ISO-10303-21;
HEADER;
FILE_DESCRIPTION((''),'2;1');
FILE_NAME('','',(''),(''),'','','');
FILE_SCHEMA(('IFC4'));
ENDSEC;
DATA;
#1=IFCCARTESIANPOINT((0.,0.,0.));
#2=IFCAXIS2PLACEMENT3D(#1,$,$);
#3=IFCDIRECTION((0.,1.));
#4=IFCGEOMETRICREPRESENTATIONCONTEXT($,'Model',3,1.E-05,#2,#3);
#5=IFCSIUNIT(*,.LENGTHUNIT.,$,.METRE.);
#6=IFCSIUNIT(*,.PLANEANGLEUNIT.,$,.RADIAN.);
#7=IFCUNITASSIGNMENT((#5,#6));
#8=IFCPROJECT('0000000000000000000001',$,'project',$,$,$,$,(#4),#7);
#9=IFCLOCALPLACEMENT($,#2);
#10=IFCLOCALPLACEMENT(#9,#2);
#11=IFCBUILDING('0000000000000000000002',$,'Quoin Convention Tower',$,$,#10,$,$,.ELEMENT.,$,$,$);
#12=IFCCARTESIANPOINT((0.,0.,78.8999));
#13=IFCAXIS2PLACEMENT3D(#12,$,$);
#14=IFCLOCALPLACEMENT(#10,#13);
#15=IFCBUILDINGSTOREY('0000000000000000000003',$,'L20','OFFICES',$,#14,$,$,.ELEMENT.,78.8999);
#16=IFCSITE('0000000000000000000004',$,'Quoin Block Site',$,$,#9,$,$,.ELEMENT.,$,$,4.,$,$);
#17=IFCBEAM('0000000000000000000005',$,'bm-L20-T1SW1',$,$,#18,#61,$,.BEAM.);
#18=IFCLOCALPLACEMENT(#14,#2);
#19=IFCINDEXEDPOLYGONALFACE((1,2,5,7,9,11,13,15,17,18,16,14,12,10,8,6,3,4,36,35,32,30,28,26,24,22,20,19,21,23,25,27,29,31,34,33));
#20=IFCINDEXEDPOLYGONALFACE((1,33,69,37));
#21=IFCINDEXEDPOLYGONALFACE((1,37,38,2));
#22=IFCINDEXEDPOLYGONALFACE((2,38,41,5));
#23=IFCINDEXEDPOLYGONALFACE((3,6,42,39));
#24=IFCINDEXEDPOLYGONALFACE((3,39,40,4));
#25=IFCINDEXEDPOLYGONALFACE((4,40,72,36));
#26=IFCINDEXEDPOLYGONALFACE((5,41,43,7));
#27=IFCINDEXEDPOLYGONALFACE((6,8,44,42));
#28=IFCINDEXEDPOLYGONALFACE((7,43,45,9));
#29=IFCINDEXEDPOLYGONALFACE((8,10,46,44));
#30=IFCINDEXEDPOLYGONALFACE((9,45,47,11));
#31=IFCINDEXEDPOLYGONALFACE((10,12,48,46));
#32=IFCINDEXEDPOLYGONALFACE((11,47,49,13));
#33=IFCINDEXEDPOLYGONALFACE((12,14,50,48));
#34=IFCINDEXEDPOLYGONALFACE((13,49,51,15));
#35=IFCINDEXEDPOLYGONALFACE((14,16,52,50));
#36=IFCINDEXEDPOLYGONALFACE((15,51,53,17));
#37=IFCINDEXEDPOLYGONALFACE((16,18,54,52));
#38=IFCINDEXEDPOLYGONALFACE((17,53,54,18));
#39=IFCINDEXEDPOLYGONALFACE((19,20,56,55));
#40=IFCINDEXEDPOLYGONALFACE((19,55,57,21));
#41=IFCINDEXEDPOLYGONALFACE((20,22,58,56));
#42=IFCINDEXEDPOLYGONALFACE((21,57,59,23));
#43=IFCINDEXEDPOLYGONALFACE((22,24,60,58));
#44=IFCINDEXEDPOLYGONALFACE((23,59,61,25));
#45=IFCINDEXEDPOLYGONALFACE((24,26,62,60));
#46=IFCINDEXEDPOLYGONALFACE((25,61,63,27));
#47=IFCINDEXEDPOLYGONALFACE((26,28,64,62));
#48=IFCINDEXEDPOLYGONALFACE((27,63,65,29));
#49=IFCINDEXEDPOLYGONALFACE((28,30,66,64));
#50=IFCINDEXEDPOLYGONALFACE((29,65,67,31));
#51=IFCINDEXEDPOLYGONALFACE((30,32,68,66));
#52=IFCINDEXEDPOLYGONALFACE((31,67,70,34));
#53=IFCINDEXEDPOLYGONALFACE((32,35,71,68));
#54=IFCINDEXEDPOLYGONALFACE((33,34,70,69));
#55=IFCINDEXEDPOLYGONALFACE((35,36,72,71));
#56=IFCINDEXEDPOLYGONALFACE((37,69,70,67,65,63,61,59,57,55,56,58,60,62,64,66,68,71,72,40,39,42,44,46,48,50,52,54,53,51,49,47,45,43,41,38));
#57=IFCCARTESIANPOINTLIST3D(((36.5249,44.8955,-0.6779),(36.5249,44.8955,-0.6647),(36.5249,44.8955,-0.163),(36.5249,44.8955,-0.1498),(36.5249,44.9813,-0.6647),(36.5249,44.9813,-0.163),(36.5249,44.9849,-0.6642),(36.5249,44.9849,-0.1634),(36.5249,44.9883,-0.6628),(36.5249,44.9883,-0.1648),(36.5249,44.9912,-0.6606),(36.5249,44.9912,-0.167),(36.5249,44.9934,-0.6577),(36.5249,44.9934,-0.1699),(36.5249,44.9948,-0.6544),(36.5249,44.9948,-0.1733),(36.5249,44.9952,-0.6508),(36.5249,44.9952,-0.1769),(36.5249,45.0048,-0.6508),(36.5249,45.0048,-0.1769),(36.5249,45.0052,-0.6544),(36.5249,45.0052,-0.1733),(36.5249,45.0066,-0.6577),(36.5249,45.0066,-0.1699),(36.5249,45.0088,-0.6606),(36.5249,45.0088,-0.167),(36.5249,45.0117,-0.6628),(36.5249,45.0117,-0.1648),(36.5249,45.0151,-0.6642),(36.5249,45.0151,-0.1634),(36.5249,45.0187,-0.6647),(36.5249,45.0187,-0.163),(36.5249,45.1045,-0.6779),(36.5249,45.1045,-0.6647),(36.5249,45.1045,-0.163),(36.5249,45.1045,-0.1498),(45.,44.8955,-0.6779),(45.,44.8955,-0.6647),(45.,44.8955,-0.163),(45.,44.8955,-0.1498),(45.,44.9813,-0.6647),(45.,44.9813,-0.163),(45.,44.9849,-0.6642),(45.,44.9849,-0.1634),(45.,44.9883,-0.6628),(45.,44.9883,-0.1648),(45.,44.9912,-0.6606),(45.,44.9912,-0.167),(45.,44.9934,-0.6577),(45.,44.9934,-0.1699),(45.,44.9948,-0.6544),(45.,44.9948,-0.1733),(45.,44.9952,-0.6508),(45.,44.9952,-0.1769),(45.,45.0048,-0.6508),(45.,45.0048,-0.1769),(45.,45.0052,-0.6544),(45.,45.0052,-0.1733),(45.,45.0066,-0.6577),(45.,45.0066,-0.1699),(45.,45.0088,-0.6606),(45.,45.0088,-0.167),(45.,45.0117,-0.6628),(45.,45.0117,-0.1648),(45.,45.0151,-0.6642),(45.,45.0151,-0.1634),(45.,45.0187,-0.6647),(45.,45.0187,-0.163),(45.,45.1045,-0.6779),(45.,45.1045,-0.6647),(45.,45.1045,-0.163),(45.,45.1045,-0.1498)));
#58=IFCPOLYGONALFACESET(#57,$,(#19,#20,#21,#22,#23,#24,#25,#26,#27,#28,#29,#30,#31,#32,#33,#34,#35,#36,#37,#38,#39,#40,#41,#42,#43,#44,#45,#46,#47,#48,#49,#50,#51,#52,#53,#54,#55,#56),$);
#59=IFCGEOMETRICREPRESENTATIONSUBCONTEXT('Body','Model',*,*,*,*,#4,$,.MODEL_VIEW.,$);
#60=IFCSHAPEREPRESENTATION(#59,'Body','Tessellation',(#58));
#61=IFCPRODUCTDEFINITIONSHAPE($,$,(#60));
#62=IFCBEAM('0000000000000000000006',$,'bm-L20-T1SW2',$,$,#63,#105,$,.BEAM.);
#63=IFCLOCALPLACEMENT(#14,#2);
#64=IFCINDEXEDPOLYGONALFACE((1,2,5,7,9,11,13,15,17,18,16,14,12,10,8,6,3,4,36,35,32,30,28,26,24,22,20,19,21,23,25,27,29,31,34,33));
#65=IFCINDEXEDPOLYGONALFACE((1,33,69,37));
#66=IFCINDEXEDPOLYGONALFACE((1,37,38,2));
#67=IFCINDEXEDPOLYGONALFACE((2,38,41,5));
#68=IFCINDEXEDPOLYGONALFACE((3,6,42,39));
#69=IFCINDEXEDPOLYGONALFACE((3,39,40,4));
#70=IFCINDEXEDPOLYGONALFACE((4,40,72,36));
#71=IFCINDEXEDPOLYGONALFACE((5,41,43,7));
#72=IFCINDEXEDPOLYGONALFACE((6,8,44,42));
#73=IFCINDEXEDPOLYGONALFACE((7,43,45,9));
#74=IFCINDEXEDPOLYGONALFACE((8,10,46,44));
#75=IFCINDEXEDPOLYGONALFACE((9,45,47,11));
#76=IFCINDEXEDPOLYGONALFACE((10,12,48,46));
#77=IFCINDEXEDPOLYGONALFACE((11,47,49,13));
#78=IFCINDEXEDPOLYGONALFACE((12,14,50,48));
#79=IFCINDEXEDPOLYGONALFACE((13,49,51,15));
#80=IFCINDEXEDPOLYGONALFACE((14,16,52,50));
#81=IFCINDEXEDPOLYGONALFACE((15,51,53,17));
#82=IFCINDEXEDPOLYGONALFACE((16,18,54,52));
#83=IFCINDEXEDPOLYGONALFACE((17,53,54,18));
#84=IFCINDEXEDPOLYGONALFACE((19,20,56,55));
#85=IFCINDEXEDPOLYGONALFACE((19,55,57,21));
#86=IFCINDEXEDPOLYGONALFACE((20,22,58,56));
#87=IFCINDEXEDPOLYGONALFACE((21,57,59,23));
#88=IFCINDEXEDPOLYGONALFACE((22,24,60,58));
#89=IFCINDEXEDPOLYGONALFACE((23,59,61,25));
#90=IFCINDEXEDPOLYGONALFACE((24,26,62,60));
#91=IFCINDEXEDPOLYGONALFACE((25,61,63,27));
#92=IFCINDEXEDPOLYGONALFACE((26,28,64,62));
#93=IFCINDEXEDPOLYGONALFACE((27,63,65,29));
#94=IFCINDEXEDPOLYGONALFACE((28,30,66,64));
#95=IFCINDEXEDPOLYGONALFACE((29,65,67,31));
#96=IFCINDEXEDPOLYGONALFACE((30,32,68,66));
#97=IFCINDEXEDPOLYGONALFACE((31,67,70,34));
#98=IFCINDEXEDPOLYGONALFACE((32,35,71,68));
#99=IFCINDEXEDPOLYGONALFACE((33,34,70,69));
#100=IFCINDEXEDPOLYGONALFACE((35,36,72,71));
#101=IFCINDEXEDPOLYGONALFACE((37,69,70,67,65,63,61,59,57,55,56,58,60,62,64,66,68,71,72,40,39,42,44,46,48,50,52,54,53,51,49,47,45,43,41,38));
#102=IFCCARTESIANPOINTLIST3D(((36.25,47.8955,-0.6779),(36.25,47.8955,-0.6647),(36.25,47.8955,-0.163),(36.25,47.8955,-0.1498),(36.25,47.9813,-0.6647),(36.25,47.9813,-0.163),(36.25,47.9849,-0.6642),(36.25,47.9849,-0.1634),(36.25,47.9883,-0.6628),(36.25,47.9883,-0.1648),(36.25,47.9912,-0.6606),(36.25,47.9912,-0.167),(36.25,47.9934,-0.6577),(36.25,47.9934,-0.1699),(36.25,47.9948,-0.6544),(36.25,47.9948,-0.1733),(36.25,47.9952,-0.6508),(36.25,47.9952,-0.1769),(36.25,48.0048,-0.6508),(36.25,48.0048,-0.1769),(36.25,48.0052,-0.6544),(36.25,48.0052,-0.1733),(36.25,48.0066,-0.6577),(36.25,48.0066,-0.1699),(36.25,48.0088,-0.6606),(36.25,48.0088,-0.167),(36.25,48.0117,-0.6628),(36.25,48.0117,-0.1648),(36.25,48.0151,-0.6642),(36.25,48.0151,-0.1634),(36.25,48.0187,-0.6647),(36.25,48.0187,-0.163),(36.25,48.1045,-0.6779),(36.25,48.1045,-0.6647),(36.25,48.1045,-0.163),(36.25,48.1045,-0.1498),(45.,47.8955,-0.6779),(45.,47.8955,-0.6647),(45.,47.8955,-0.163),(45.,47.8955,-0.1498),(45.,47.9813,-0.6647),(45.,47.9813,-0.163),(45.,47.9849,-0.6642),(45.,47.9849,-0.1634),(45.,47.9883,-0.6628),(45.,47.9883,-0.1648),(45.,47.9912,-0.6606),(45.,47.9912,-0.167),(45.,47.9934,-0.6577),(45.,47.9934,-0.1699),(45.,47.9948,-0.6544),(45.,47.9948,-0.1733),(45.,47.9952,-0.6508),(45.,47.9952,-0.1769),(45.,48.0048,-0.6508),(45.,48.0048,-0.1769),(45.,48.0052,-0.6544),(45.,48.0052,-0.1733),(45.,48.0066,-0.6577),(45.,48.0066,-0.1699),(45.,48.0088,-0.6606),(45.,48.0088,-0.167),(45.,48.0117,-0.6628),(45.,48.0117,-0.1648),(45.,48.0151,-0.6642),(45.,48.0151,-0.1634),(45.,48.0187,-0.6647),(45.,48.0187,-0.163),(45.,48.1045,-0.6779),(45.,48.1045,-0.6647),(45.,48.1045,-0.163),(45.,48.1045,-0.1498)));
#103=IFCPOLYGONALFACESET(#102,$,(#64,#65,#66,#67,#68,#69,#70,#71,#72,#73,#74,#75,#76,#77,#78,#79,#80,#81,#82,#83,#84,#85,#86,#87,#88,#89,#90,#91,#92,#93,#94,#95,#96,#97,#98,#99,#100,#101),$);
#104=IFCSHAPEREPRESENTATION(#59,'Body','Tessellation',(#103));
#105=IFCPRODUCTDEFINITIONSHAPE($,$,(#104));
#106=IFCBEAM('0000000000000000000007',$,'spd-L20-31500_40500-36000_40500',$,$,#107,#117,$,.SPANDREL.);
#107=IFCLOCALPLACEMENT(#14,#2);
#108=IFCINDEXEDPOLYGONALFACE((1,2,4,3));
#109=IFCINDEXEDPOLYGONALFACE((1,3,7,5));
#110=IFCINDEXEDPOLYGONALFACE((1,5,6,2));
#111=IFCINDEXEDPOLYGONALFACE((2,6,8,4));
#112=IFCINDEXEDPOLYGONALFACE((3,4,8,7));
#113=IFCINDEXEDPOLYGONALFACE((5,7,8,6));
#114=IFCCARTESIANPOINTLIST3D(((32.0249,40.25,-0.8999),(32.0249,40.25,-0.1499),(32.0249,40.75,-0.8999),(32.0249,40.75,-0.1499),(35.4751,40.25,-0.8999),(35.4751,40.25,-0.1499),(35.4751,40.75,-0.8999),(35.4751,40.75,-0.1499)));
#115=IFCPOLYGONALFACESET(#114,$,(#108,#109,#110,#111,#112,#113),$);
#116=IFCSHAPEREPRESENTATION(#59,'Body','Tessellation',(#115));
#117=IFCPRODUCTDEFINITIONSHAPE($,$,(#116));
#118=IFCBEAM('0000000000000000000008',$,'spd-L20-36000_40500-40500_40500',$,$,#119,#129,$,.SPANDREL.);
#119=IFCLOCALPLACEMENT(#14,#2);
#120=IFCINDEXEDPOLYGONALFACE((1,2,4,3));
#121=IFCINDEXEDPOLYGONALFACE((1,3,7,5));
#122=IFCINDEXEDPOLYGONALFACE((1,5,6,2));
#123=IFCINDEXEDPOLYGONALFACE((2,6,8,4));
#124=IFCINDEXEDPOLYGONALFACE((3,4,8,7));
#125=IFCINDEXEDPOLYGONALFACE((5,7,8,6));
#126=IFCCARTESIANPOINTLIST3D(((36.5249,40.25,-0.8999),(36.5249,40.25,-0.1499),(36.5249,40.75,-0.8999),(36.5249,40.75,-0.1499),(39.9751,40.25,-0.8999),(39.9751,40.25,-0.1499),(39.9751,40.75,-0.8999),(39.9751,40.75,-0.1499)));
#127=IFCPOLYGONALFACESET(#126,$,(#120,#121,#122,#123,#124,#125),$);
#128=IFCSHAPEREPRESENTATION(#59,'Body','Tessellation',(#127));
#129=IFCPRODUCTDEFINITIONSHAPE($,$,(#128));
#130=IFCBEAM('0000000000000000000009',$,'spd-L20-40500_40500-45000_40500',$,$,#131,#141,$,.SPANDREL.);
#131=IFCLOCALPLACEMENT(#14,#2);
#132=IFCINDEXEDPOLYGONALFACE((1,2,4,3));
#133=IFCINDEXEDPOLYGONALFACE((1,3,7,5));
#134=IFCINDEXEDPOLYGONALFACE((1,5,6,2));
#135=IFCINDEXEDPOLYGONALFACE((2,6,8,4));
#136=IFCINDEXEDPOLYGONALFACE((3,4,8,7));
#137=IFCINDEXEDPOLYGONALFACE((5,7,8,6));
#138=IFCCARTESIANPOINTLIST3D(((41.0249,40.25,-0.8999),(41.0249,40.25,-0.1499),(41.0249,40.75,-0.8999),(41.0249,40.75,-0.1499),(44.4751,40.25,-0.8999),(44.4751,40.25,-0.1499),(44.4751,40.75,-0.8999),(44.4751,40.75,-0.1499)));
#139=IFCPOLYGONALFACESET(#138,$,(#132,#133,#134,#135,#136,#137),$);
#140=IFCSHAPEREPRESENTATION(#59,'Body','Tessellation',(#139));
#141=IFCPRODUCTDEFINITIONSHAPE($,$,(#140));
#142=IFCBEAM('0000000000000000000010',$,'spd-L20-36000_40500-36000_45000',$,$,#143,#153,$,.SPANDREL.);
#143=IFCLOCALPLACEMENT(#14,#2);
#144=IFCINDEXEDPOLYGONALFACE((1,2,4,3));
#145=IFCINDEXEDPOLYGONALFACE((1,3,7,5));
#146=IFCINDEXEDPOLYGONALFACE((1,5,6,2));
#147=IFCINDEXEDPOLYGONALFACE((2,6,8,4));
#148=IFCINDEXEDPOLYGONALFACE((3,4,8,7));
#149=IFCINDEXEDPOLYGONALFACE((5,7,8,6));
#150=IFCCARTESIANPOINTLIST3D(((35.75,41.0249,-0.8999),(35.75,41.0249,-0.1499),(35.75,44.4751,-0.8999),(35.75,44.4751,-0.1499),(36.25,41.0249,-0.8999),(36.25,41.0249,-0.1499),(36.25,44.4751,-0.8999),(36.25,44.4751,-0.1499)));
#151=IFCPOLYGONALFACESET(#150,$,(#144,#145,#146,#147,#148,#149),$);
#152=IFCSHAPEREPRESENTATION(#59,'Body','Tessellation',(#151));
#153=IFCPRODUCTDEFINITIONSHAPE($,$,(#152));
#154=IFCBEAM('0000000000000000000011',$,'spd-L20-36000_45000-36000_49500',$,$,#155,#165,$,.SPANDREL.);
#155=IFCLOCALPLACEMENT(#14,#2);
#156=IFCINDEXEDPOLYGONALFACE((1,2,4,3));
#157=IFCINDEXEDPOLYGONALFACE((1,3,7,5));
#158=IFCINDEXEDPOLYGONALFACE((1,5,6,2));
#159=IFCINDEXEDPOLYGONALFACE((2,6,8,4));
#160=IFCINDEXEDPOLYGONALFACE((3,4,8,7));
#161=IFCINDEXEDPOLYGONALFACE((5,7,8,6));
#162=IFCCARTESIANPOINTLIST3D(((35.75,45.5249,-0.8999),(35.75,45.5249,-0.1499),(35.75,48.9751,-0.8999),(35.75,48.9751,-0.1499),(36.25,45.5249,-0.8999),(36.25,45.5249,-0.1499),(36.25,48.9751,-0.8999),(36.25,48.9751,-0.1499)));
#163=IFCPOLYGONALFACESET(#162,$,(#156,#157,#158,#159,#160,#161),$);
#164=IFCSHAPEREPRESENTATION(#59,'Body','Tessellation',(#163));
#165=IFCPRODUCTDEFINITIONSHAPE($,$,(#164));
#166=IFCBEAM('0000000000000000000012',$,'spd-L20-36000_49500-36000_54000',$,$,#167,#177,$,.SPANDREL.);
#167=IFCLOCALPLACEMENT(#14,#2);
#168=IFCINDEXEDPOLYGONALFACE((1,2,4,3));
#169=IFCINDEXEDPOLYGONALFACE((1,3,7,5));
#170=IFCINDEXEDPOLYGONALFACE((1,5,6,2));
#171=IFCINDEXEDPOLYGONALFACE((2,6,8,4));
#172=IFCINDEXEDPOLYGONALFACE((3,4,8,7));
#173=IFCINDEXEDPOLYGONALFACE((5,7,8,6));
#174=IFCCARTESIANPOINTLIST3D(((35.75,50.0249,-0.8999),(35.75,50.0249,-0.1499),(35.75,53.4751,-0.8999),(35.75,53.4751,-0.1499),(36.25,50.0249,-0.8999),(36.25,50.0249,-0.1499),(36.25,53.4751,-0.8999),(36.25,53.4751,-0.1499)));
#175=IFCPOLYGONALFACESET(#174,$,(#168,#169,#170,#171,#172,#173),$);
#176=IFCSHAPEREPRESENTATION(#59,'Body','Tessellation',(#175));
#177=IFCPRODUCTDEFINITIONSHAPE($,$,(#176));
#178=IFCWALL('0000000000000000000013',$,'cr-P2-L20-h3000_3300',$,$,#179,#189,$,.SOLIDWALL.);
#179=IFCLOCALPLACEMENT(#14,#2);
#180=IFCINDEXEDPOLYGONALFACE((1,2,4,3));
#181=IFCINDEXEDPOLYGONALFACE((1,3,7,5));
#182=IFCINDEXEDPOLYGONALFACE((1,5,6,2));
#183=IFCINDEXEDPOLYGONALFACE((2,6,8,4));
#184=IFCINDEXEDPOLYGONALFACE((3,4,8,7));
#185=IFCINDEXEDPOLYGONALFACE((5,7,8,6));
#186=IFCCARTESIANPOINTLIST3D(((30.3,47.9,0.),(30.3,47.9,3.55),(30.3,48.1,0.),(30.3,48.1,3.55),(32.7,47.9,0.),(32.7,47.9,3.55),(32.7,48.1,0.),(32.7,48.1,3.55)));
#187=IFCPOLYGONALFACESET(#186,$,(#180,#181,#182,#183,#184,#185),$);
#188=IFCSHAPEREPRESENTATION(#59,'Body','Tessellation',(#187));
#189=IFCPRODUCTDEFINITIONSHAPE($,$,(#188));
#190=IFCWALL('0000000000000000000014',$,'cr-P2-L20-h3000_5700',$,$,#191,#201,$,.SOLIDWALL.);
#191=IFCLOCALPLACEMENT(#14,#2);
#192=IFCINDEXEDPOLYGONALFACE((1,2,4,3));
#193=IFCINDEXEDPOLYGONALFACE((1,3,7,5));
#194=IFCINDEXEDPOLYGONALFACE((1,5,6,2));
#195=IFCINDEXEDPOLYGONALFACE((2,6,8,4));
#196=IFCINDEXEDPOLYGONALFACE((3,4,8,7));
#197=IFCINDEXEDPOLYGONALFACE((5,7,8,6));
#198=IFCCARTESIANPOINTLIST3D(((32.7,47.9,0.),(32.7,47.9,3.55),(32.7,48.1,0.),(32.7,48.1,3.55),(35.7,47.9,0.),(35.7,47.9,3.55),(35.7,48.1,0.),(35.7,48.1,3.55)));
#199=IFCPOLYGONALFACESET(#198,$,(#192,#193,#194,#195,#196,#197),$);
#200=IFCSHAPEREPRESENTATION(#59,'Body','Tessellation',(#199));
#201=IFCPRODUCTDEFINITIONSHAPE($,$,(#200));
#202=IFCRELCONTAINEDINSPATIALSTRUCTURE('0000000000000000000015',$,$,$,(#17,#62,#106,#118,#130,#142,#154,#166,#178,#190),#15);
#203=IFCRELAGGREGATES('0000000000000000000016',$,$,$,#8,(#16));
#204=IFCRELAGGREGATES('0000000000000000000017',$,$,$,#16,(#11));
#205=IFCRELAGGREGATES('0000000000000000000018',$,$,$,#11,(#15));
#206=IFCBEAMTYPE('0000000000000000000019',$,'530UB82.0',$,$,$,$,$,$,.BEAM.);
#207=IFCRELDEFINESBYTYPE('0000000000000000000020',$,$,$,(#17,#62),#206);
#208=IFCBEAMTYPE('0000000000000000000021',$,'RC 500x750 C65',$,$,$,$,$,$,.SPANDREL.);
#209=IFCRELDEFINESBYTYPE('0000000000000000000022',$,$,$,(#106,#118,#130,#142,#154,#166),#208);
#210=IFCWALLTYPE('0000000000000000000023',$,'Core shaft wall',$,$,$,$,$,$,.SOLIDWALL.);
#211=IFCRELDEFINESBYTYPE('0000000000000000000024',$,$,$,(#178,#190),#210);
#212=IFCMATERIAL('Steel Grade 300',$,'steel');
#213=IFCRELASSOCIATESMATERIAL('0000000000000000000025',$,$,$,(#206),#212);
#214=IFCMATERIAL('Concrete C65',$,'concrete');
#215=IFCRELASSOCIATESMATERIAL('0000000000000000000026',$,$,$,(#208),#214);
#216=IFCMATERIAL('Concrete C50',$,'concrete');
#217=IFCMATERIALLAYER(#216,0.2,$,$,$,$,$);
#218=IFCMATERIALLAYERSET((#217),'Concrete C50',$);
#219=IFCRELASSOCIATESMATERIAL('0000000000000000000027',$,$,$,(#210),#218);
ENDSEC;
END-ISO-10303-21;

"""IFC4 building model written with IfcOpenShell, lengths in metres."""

from ifc_helpers import new_model, si_unit, direction, frame, frame_2d, origin, origin_2d, place, context, subcontext, project, spatial, rectangle, i_section, extrude, material, layer, layer_set, material_profile, profile_set, type_object, element, save


model = new_model("IFC4")

# Units and contexts
model_context = context("Model", 3, precision=1e-05, world=origin(), true_north=direction((0.0, 1.0)))
body_context = subcontext(model_context, "Body", "Model", "MODEL_VIEW")
ifc_project = project(units=[si_unit("LENGTHUNIT", "METRE"), si_unit("PLANEANGLEUNIT", "RADIAN")], contexts=[model_context])

# Site, building, storey
site_placement = place(None, origin())
site = spatial("IfcSite", under=ifc_project, at=site_placement, Name="Quoin Block Site", CompositionType="ELEMENT", RefElevation=4.0)
building_placement = place(site_placement, origin())
building = spatial("IfcBuilding", under=site, at=building_placement, Name="Quoin Convention Tower", CompositionType="ELEMENT")
storey_placement = place(building_placement, frame((0.0, 0.0, 78.8999)))
storey = spatial("IfcBuildingStorey", under=building, at=storey_placement, Name="L20", Description="OFFICES", CompositionType="ELEMENT", Elevation=78.8999)

# Shared definitions
ifc_material_1 = material(Name="Concrete C65", Category="concrete")

# Beams
ifc_material_2 = material(Name="Steel Grade 300", Category="steel")
ifc_material_profile_1 = material_profile(ifc_material_2, i_section(OverallWidth=0.209, OverallDepth=0.5281, WebThickness=0.0095, FlangeThickness=0.0132, FilletRadius=0.0139, at=origin_2d()), Name="530UB82.0")
ifc_profile_set_1 = profile_set([ifc_material_profile_1], Name="Steel Grade 300")
beam_type_1 = type_object("IfcBeamType", Name="530UB82.0", PredefinedType="BEAM", material=ifc_profile_set_1)
beam_1_placement = place(storey_placement, frame((36.5249, 45.0, -0.4138), z_axis=(1.0, 0.0, 0.0), x_axis=(0.0, 1.0, 0.0)))
element("IfcBeam", 1, at=beam_1_placement, inside=storey, type_object=beam_type_1, Name="bm-L20-T1SW1", PredefinedType="BEAM", context=body_context, shape_type="SweptSolid", body=[
    extrude(i_section(OverallWidth=0.209, OverallDepth=0.5281, WebThickness=0.0095, FlangeThickness=0.0132, FilletRadius=0.0139, at=origin_2d()), origin(), (0.0, 0.0, 1.0), 8.4751),
])
beam_2_placement = place(storey_placement, frame((36.25, 48.0, -0.4138), z_axis=(1.0, 0.0, 0.0), x_axis=(0.0, 1.0, 0.0)))
element("IfcBeam", 2, at=beam_2_placement, inside=storey, type_object=beam_type_1, Name="bm-L20-T1SW2", PredefinedType="BEAM", context=body_context, shape_type="SweptSolid", body=[
    extrude(i_section(OverallWidth=0.209, OverallDepth=0.5281, WebThickness=0.0095, FlangeThickness=0.0132, FilletRadius=0.0139, at=origin_2d()), origin(), (0.0, 0.0, 1.0), 8.75),
])
ifc_material_profile_2 = material_profile(ifc_material_1, rectangle(XDim=0.5, YDim=0.75, at=origin_2d()), Name="RC 500x750")
ifc_profile_set_2 = profile_set([ifc_material_profile_2], Name="Concrete C65")
beam_type_2 = type_object("IfcBeamType", Name="RC 500x750 C65", PredefinedType="SPANDREL", material=ifc_profile_set_2)
for number, where, z_axis, x_axis, name in (
    (3, (32.0249, 40.5, -0.5249), (1.0, 0.0, 0.0), (0.0, 1.0, 0.0), "spd-L20-31500_40500-36000_40500"),
    (4, (36.5249, 40.5, -0.5249), (1.0, 0.0, 0.0), (0.0, 1.0, 0.0), "spd-L20-36000_40500-40500_40500"),
    (5, (41.0249, 40.5, -0.5249), (1.0, 0.0, 0.0), (0.0, 1.0, 0.0), "spd-L20-40500_40500-45000_40500"),
    (6, (36.0, 41.0249, -0.5249), (0.0, 1.0, 0.0), (-1.0, 0.0, 0.0), "spd-L20-36000_40500-36000_45000"),
    (7, (36.0, 45.5249, -0.5249), (0.0, 1.0, 0.0), (-1.0, 0.0, 0.0), "spd-L20-36000_45000-36000_49500"),
    (8, (36.0, 50.0249, -0.5249), (0.0, 1.0, 0.0), (-1.0, 0.0, 0.0), "spd-L20-36000_49500-36000_54000"),
):
    element("IfcBeam", number, at=place(storey_placement, frame(where, z_axis=z_axis, x_axis=x_axis)), inside=storey, type_object=beam_type_2, Name=name, PredefinedType="SPANDREL", context=body_context, shape_type="SweptSolid", body=[
        extrude(rectangle(XDim=0.5, YDim=0.75, at=origin_2d()), origin(), (0.0, 0.0, 1.0), 3.4502),
    ])

# Walls
ifc_material_3 = material(Name="Concrete C50", Category="concrete")
ifc_layer_1 = layer(ifc_material_3, 0.2)
ifc_layer_set_1 = layer_set([ifc_layer_1], Name="Concrete C50")
wall_type_1 = type_object("IfcWallType", Name="Core shaft wall", PredefinedType="SOLIDWALL", material=ifc_layer_set_1)
wall_1_placement = place(storey_placement, frame((30.3, 48.0, 0.0), z_axis=(0.0, 0.0, 1.0), x_axis=(1.0, 0.0, 0.0)))
element("IfcWall", 9, at=wall_1_placement, inside=storey, type_object=wall_type_1, Name="cr-P2-L20-h3000_3300", PredefinedType="SOLIDWALL", context=body_context, shape_type="SweptSolid", body=[
    extrude(rectangle(XDim=2.3999, YDim=0.2, at=frame_2d((1.2, 0.0))), origin(), (0.0, 0.0, 1.0), 3.55),
])
wall_2_placement = place(storey_placement, frame((32.7, 48.0, 0.0), z_axis=(0.0, 0.0, 1.0), x_axis=(1.0, 0.0, 0.0)))
element("IfcWall", 10, at=wall_2_placement, inside=storey, type_object=wall_type_1, Name="cr-P2-L20-h3000_5700", PredefinedType="SOLIDWALL", context=body_context, shape_type="SweptSolid", body=[
    extrude(rectangle(XDim=3.0, YDim=0.2, at=frame_2d((1.5, 0.0))), origin(), (0.0, 0.0, 1.0), 3.55),
])

save(model, "model.ifc")
